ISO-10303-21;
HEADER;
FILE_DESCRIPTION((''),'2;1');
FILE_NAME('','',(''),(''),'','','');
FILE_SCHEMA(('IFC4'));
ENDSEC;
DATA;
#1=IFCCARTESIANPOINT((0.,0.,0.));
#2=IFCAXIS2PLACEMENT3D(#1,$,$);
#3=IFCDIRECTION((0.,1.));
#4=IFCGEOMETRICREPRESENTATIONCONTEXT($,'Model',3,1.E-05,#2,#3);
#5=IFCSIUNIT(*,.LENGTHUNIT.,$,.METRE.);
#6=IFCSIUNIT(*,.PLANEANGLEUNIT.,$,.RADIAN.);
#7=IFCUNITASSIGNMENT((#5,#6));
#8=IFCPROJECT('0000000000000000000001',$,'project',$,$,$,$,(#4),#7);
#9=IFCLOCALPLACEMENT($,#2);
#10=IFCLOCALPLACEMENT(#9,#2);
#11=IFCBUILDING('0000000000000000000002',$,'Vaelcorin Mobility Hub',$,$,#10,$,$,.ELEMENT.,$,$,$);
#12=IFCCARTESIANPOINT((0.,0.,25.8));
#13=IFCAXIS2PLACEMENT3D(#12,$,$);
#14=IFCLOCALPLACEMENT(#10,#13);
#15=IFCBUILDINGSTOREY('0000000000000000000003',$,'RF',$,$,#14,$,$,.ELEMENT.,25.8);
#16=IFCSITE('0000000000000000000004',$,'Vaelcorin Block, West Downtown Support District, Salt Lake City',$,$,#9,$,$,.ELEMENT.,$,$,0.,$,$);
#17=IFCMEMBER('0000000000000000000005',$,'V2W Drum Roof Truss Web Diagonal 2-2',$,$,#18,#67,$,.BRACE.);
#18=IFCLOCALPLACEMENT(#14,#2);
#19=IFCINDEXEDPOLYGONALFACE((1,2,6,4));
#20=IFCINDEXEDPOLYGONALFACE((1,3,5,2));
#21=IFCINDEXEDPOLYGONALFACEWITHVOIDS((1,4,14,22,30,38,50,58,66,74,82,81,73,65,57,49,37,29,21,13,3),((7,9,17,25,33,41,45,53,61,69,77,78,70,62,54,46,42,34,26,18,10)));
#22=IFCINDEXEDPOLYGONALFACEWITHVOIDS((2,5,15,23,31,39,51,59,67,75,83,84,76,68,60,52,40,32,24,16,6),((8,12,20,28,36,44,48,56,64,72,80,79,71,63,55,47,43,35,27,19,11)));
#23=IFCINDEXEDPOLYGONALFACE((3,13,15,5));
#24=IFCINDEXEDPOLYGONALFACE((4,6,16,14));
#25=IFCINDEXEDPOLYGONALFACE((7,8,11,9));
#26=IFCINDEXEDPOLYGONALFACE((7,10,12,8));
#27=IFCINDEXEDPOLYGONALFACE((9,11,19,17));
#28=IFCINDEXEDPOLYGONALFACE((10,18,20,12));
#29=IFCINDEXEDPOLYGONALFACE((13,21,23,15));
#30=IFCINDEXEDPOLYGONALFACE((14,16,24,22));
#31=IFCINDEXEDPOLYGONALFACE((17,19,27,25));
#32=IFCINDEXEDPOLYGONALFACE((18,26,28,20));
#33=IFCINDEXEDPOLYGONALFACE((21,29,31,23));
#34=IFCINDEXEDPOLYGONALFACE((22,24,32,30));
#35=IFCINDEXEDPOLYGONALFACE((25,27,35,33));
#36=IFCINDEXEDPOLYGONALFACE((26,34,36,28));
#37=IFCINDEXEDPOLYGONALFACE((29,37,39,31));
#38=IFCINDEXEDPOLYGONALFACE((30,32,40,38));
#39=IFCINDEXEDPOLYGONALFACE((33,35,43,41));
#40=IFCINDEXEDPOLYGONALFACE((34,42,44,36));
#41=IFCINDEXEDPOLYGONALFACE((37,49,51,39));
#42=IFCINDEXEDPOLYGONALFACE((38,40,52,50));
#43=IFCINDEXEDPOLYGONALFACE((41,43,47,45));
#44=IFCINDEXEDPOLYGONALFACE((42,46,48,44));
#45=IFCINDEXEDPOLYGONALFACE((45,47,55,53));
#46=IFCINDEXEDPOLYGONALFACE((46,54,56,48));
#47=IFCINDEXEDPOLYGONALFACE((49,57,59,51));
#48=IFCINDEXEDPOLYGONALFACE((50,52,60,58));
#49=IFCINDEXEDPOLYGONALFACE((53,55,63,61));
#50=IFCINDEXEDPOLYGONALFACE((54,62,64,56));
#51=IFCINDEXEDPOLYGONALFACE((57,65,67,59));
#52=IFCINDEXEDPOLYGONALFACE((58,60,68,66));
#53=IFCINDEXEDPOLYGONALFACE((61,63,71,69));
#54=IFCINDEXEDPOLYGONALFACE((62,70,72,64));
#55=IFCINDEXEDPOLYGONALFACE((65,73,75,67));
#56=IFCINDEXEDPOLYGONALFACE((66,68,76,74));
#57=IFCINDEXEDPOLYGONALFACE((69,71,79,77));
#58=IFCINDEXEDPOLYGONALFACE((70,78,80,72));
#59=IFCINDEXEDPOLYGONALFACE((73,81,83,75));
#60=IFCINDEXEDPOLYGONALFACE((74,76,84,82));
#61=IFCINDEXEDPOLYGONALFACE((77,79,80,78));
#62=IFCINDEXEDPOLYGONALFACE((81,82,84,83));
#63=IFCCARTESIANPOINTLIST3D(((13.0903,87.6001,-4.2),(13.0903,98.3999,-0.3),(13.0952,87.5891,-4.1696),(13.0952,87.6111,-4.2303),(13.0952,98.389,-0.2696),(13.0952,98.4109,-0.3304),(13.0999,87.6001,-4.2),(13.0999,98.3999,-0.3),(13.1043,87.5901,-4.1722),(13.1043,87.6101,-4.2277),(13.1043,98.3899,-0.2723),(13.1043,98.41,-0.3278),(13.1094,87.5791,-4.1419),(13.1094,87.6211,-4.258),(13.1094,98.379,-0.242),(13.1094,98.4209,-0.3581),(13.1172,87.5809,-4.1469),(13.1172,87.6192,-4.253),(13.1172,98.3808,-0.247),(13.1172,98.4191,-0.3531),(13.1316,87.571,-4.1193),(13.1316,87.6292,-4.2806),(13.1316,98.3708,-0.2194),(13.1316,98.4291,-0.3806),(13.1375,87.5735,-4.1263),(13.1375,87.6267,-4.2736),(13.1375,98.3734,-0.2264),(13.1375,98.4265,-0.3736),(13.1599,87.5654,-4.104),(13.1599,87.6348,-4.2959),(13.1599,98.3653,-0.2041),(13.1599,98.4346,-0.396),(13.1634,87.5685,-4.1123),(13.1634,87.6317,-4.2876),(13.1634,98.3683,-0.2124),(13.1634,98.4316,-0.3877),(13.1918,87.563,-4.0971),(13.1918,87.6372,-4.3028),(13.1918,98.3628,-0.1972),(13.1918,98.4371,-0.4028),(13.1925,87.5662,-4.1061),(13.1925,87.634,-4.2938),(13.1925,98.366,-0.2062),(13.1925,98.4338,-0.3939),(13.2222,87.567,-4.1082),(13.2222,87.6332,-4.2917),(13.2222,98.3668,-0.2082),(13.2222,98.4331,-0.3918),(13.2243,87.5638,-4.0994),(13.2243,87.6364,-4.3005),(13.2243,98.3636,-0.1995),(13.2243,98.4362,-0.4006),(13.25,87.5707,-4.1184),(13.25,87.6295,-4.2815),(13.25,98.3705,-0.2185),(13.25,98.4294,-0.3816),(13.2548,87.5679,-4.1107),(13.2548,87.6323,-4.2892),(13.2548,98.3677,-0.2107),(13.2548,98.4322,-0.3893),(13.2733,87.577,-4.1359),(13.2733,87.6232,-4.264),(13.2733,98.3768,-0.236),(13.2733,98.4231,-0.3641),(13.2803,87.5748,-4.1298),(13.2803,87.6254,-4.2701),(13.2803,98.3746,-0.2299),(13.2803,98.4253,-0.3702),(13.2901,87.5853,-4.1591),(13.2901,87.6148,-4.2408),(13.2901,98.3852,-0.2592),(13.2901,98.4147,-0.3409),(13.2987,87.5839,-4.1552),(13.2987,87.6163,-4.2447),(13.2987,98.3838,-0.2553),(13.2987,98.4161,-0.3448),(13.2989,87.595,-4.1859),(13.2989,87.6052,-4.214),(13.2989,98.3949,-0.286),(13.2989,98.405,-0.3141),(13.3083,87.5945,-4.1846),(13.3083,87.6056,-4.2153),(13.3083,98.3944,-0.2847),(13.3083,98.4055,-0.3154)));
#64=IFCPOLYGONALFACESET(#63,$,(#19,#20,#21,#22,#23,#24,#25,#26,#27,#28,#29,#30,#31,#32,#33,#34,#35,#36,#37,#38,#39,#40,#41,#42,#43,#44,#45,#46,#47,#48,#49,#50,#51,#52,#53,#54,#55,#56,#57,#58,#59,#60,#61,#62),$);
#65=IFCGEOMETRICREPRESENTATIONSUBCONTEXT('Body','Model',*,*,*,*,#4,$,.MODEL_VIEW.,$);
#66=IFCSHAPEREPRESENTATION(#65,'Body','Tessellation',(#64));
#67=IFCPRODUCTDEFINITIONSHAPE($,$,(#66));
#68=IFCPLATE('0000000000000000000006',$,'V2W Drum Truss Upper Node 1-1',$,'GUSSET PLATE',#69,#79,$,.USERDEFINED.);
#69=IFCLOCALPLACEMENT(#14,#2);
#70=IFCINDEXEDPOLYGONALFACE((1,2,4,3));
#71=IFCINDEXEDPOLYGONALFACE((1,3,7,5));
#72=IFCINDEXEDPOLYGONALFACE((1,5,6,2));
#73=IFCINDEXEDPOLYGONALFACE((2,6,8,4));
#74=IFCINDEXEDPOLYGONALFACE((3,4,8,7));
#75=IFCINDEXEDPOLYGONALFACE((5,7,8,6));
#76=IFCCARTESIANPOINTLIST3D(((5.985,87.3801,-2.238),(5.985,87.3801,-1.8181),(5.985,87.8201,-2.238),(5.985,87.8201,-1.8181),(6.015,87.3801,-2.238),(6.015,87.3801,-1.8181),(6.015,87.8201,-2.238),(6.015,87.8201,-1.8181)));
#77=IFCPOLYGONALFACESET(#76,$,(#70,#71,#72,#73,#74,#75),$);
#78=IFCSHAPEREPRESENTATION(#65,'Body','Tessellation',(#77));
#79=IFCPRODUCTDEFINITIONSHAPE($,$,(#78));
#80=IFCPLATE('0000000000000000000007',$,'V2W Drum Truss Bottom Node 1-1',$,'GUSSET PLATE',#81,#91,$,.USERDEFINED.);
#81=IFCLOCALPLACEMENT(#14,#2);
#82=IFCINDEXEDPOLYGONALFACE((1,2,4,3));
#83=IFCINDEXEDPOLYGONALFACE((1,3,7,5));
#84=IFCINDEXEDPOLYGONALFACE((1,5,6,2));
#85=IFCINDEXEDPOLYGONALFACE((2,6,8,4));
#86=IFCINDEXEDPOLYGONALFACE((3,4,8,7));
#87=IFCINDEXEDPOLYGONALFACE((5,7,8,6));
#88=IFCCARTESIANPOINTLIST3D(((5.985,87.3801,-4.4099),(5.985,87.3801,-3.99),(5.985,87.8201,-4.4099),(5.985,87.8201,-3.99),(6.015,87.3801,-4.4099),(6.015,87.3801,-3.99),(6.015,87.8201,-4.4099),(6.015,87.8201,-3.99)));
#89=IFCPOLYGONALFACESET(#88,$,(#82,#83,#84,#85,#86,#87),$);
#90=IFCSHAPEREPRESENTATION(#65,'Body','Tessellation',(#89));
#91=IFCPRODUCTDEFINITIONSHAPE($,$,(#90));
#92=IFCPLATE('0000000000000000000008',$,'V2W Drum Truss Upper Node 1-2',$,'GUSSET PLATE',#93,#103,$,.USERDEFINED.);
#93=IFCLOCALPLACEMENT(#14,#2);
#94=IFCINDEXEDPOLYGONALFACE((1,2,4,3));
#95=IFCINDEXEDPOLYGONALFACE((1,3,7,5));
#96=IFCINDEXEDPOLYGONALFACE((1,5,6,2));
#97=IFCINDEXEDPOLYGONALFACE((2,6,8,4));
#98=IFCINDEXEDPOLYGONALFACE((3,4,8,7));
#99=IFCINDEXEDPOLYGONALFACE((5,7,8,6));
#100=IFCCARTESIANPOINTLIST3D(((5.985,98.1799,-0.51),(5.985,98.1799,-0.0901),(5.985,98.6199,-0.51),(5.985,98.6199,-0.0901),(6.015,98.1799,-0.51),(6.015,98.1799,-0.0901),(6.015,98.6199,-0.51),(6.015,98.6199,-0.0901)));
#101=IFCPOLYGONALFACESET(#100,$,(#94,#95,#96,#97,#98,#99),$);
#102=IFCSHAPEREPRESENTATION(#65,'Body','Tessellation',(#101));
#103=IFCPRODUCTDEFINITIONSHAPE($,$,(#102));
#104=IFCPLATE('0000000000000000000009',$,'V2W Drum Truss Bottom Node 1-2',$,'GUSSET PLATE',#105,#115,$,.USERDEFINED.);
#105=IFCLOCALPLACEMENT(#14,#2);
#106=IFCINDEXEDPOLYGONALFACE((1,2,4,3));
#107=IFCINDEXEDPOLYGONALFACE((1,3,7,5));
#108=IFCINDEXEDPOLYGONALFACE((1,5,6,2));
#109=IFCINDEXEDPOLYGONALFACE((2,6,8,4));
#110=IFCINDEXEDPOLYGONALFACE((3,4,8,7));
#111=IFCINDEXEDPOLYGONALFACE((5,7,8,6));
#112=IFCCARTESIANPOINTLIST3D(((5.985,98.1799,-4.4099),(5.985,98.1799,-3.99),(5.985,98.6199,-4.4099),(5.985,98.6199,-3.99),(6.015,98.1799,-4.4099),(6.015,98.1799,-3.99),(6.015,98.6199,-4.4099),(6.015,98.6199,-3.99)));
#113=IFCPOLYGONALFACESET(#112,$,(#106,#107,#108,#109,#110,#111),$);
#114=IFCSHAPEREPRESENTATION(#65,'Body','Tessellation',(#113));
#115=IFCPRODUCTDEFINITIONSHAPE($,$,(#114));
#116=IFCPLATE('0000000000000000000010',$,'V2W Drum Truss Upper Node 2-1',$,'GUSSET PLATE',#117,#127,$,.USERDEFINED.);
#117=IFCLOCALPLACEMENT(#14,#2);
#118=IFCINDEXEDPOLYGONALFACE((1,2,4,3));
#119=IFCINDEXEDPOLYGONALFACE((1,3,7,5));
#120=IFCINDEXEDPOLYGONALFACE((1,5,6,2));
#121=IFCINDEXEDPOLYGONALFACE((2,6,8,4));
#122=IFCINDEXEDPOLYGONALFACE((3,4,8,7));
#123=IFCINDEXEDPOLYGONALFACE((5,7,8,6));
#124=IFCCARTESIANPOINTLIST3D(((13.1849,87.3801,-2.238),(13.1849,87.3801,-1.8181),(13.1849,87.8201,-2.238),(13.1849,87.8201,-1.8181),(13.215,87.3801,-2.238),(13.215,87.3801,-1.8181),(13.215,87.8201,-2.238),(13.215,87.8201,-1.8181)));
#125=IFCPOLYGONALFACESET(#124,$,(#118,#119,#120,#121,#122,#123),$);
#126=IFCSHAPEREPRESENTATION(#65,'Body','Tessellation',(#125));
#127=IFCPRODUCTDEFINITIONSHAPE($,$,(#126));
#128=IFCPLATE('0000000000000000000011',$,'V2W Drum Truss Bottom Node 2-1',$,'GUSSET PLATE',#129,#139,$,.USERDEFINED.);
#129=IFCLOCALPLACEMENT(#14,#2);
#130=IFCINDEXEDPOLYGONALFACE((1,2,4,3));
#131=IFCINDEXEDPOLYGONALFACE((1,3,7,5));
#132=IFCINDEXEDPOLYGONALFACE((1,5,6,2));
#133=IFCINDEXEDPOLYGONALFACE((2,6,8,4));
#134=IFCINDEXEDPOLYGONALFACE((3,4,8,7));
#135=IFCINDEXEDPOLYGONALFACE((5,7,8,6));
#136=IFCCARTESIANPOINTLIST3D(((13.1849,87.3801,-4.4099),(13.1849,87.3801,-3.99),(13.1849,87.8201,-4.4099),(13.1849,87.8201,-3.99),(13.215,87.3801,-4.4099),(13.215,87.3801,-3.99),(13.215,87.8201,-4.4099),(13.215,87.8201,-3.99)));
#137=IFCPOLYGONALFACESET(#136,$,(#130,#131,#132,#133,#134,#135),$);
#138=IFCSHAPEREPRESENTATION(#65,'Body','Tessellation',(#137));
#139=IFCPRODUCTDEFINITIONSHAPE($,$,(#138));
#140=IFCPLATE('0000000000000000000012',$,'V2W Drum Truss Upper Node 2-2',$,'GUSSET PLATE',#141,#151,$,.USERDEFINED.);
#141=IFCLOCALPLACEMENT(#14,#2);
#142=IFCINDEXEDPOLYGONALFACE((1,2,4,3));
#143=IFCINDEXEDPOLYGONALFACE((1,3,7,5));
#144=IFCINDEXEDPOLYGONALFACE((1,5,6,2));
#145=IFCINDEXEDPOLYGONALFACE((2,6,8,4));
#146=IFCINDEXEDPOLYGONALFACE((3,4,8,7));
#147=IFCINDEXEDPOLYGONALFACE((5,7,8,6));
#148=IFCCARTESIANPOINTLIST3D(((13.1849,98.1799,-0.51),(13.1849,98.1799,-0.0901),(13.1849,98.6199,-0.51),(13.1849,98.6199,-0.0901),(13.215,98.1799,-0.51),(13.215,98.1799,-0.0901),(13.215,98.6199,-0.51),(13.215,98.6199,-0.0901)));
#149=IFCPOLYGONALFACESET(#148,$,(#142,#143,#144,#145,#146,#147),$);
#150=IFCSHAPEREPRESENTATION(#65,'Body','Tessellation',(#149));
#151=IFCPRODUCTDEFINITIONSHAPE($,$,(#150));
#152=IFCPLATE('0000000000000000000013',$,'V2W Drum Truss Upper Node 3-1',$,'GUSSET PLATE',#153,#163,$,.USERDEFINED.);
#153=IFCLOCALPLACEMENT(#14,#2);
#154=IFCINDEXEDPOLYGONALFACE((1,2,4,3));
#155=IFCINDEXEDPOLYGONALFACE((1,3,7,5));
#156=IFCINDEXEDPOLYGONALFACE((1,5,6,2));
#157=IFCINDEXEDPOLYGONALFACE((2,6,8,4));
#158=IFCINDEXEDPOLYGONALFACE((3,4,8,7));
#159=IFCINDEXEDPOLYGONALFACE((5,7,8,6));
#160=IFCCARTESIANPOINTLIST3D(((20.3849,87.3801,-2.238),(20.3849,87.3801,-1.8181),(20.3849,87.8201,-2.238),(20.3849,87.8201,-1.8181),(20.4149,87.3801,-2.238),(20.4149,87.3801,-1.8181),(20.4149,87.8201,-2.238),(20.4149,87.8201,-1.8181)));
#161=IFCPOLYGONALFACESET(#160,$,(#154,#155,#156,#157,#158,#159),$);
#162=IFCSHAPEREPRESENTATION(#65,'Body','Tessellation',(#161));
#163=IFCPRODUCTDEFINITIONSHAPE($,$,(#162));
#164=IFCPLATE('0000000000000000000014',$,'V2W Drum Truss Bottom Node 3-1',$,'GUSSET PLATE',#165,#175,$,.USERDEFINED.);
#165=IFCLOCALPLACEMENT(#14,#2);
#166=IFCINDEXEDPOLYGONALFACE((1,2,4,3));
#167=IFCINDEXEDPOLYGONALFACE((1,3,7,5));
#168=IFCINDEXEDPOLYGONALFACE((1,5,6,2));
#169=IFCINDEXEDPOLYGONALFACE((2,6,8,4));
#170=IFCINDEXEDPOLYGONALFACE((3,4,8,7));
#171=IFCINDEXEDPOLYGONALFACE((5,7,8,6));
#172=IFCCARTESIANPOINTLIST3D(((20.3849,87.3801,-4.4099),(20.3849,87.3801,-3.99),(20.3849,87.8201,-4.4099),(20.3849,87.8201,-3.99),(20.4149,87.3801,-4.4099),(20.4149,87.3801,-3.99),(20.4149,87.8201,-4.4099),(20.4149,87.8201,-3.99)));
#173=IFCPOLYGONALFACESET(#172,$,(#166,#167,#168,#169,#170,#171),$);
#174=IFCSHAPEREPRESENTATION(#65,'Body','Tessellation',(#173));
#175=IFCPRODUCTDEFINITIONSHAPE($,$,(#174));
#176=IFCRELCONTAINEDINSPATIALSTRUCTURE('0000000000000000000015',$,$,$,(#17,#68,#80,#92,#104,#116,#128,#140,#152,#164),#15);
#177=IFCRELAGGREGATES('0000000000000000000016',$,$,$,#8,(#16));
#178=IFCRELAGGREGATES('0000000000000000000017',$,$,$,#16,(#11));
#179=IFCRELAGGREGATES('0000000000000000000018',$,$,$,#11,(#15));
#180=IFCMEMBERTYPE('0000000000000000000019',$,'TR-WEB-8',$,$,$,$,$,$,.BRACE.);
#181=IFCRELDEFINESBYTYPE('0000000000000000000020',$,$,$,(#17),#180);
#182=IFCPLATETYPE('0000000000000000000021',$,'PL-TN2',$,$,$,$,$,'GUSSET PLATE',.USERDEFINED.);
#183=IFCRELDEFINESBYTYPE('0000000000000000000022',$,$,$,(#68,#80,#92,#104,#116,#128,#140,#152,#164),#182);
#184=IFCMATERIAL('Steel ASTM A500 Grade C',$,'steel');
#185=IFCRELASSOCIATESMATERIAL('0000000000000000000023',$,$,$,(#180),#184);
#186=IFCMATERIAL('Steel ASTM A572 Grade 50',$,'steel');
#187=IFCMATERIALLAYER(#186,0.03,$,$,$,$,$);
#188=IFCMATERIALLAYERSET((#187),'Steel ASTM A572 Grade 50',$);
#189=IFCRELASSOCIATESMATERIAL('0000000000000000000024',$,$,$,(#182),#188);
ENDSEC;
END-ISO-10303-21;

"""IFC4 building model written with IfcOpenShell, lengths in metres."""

from ifc_helpers import new_model, si_unit, direction, frame, origin, origin_2d, place, context, subcontext, project, spatial, rectangle, hollow_circle, extrude, material, layer, layer_set, material_profile, profile_set, type_object, element, save


model = new_model("IFC4")

# Units and contexts
model_context = context("Model", 3, precision=1e-05, world=origin(), true_north=direction((0.0, 1.0)))
body_context = subcontext(model_context, "Body", "Model", "MODEL_VIEW")
ifc_project = project(units=[si_unit("LENGTHUNIT", "METRE"), si_unit("PLANEANGLEUNIT", "RADIAN")], contexts=[model_context])

# Site, building, storey
site_placement = place(None, origin())
site = spatial("IfcSite", under=ifc_project, at=site_placement, Name="Vaelcorin Block, West Downtown Support District, Salt Lake City", CompositionType="ELEMENT", RefElevation=0.0)
building_placement = place(site_placement, origin())
building = spatial("IfcBuilding", under=site, at=building_placement, Name="Vaelcorin Mobility Hub", CompositionType="ELEMENT")
storey_placement = place(building_placement, frame((0.0, 0.0, 25.8)))
storey = spatial("IfcBuildingStorey", under=building, at=storey_placement, Name="RF", CompositionType="ELEMENT", Elevation=25.8)

# Shared definitions
ifc_material_1 = material(Name="Steel ASTM A500 Grade C", Category="steel")

# Member
ifc_material_profile_1 = material_profile(ifc_material_1, hollow_circle(Radius=0.1096, WallThickness=0.0095, at=origin_2d()), Name="HSS8.625X0.375")
ifc_profile_set_1 = profile_set([ifc_material_profile_1], Name="Steel ASTM A500 Grade C")
member_type_1 = type_object("IfcMemberType", Name="TR-WEB-8", PredefinedType="BRACE", material=ifc_profile_set_1)
for number, where, z_axis, x_axis, name in (
    (1, (13.2, 87.6001, -4.2), (0.0, 0.940555, 0.339642), (-1.0, 0.0, 0.0), "V2W Drum Roof Truss Web Diagonal 2-2"),
):
    element("IfcMember", number, at=place(storey_placement, frame(where, z_axis=z_axis, x_axis=x_axis)), inside=storey, type_object=member_type_1, Name=name, PredefinedType="BRACE", context=body_context, shape_type="SweptSolid", body=[
        extrude(hollow_circle(Radius=0.1096, WallThickness=0.0095, at=origin_2d()), origin(), (0.0, 0.0, 1.0), 11.4824),
    ])

# Plates
ifc_material_2 = material(Name="Steel ASTM A572 Grade 50", Category="steel")
ifc_layer = layer(ifc_material_2, 0.03)
ifc_layer_set = layer_set([ifc_layer], Name="Steel ASTM A572 Grade 50")
plate_type = type_object("IfcPlateType", Name="PL-TN2", ElementType="GUSSET PLATE", PredefinedType="USERDEFINED", material=ifc_layer_set)
for number, where, z_axis, x_axis, name in (
    (2, (6.0, 87.6001, -2.238), (0.0, 0.0, 1.0), (1.0, 0.0, 0.0), "V2W Drum Truss Upper Node 1-1"),
    (3, (6.0, 87.6001, -4.4099), (0.0, 0.0, 1.0), (1.0, 0.0, 0.0), "V2W Drum Truss Bottom Node 1-1"),
    (4, (6.0, 98.3999, -0.51), (0.0, 0.0, 1.0), (1.0, 0.0, 0.0), "V2W Drum Truss Upper Node 1-2"),
    (5, (6.0, 98.3999, -4.4099), (0.0, 0.0, 1.0), (1.0, 0.0, 0.0), "V2W Drum Truss Bottom Node 1-2"),
    (6, (13.2, 87.6001, -2.238), (0.0, 0.0, 1.0), (1.0, 0.0, 0.0), "V2W Drum Truss Upper Node 2-1"),
    (7, (13.2, 87.6001, -4.4099), (0.0, 0.0, 1.0), (1.0, 0.0, 0.0), "V2W Drum Truss Bottom Node 2-1"),
    (8, (13.2, 98.3999, -0.51), (0.0, 0.0, 1.0), (1.0, 0.0, 0.0), "V2W Drum Truss Upper Node 2-2"),
    (9, (20.3999, 87.6001, -2.238), (0.0, 0.0, 1.0), (1.0, 0.0, 0.0), "V2W Drum Truss Upper Node 3-1"),
    (10, (20.3999, 87.6001, -4.4099), (0.0, 0.0, 1.0), (1.0, 0.0, 0.0), "V2W Drum Truss Bottom Node 3-1"),
):
    element("IfcPlate", number, at=place(storey_placement, frame(where, z_axis=z_axis, x_axis=x_axis)), inside=storey, type_object=plate_type, Name=name, ObjectType="GUSSET PLATE", PredefinedType="USERDEFINED", context=body_context, shape_type="SweptSolid", body=[
        extrude(rectangle(XDim=0.03, YDim=0.4399, at=origin_2d()), origin(), (0.0, 0.0, 1.0), 0.4199),
    ])

save(model, "model.ifc")
